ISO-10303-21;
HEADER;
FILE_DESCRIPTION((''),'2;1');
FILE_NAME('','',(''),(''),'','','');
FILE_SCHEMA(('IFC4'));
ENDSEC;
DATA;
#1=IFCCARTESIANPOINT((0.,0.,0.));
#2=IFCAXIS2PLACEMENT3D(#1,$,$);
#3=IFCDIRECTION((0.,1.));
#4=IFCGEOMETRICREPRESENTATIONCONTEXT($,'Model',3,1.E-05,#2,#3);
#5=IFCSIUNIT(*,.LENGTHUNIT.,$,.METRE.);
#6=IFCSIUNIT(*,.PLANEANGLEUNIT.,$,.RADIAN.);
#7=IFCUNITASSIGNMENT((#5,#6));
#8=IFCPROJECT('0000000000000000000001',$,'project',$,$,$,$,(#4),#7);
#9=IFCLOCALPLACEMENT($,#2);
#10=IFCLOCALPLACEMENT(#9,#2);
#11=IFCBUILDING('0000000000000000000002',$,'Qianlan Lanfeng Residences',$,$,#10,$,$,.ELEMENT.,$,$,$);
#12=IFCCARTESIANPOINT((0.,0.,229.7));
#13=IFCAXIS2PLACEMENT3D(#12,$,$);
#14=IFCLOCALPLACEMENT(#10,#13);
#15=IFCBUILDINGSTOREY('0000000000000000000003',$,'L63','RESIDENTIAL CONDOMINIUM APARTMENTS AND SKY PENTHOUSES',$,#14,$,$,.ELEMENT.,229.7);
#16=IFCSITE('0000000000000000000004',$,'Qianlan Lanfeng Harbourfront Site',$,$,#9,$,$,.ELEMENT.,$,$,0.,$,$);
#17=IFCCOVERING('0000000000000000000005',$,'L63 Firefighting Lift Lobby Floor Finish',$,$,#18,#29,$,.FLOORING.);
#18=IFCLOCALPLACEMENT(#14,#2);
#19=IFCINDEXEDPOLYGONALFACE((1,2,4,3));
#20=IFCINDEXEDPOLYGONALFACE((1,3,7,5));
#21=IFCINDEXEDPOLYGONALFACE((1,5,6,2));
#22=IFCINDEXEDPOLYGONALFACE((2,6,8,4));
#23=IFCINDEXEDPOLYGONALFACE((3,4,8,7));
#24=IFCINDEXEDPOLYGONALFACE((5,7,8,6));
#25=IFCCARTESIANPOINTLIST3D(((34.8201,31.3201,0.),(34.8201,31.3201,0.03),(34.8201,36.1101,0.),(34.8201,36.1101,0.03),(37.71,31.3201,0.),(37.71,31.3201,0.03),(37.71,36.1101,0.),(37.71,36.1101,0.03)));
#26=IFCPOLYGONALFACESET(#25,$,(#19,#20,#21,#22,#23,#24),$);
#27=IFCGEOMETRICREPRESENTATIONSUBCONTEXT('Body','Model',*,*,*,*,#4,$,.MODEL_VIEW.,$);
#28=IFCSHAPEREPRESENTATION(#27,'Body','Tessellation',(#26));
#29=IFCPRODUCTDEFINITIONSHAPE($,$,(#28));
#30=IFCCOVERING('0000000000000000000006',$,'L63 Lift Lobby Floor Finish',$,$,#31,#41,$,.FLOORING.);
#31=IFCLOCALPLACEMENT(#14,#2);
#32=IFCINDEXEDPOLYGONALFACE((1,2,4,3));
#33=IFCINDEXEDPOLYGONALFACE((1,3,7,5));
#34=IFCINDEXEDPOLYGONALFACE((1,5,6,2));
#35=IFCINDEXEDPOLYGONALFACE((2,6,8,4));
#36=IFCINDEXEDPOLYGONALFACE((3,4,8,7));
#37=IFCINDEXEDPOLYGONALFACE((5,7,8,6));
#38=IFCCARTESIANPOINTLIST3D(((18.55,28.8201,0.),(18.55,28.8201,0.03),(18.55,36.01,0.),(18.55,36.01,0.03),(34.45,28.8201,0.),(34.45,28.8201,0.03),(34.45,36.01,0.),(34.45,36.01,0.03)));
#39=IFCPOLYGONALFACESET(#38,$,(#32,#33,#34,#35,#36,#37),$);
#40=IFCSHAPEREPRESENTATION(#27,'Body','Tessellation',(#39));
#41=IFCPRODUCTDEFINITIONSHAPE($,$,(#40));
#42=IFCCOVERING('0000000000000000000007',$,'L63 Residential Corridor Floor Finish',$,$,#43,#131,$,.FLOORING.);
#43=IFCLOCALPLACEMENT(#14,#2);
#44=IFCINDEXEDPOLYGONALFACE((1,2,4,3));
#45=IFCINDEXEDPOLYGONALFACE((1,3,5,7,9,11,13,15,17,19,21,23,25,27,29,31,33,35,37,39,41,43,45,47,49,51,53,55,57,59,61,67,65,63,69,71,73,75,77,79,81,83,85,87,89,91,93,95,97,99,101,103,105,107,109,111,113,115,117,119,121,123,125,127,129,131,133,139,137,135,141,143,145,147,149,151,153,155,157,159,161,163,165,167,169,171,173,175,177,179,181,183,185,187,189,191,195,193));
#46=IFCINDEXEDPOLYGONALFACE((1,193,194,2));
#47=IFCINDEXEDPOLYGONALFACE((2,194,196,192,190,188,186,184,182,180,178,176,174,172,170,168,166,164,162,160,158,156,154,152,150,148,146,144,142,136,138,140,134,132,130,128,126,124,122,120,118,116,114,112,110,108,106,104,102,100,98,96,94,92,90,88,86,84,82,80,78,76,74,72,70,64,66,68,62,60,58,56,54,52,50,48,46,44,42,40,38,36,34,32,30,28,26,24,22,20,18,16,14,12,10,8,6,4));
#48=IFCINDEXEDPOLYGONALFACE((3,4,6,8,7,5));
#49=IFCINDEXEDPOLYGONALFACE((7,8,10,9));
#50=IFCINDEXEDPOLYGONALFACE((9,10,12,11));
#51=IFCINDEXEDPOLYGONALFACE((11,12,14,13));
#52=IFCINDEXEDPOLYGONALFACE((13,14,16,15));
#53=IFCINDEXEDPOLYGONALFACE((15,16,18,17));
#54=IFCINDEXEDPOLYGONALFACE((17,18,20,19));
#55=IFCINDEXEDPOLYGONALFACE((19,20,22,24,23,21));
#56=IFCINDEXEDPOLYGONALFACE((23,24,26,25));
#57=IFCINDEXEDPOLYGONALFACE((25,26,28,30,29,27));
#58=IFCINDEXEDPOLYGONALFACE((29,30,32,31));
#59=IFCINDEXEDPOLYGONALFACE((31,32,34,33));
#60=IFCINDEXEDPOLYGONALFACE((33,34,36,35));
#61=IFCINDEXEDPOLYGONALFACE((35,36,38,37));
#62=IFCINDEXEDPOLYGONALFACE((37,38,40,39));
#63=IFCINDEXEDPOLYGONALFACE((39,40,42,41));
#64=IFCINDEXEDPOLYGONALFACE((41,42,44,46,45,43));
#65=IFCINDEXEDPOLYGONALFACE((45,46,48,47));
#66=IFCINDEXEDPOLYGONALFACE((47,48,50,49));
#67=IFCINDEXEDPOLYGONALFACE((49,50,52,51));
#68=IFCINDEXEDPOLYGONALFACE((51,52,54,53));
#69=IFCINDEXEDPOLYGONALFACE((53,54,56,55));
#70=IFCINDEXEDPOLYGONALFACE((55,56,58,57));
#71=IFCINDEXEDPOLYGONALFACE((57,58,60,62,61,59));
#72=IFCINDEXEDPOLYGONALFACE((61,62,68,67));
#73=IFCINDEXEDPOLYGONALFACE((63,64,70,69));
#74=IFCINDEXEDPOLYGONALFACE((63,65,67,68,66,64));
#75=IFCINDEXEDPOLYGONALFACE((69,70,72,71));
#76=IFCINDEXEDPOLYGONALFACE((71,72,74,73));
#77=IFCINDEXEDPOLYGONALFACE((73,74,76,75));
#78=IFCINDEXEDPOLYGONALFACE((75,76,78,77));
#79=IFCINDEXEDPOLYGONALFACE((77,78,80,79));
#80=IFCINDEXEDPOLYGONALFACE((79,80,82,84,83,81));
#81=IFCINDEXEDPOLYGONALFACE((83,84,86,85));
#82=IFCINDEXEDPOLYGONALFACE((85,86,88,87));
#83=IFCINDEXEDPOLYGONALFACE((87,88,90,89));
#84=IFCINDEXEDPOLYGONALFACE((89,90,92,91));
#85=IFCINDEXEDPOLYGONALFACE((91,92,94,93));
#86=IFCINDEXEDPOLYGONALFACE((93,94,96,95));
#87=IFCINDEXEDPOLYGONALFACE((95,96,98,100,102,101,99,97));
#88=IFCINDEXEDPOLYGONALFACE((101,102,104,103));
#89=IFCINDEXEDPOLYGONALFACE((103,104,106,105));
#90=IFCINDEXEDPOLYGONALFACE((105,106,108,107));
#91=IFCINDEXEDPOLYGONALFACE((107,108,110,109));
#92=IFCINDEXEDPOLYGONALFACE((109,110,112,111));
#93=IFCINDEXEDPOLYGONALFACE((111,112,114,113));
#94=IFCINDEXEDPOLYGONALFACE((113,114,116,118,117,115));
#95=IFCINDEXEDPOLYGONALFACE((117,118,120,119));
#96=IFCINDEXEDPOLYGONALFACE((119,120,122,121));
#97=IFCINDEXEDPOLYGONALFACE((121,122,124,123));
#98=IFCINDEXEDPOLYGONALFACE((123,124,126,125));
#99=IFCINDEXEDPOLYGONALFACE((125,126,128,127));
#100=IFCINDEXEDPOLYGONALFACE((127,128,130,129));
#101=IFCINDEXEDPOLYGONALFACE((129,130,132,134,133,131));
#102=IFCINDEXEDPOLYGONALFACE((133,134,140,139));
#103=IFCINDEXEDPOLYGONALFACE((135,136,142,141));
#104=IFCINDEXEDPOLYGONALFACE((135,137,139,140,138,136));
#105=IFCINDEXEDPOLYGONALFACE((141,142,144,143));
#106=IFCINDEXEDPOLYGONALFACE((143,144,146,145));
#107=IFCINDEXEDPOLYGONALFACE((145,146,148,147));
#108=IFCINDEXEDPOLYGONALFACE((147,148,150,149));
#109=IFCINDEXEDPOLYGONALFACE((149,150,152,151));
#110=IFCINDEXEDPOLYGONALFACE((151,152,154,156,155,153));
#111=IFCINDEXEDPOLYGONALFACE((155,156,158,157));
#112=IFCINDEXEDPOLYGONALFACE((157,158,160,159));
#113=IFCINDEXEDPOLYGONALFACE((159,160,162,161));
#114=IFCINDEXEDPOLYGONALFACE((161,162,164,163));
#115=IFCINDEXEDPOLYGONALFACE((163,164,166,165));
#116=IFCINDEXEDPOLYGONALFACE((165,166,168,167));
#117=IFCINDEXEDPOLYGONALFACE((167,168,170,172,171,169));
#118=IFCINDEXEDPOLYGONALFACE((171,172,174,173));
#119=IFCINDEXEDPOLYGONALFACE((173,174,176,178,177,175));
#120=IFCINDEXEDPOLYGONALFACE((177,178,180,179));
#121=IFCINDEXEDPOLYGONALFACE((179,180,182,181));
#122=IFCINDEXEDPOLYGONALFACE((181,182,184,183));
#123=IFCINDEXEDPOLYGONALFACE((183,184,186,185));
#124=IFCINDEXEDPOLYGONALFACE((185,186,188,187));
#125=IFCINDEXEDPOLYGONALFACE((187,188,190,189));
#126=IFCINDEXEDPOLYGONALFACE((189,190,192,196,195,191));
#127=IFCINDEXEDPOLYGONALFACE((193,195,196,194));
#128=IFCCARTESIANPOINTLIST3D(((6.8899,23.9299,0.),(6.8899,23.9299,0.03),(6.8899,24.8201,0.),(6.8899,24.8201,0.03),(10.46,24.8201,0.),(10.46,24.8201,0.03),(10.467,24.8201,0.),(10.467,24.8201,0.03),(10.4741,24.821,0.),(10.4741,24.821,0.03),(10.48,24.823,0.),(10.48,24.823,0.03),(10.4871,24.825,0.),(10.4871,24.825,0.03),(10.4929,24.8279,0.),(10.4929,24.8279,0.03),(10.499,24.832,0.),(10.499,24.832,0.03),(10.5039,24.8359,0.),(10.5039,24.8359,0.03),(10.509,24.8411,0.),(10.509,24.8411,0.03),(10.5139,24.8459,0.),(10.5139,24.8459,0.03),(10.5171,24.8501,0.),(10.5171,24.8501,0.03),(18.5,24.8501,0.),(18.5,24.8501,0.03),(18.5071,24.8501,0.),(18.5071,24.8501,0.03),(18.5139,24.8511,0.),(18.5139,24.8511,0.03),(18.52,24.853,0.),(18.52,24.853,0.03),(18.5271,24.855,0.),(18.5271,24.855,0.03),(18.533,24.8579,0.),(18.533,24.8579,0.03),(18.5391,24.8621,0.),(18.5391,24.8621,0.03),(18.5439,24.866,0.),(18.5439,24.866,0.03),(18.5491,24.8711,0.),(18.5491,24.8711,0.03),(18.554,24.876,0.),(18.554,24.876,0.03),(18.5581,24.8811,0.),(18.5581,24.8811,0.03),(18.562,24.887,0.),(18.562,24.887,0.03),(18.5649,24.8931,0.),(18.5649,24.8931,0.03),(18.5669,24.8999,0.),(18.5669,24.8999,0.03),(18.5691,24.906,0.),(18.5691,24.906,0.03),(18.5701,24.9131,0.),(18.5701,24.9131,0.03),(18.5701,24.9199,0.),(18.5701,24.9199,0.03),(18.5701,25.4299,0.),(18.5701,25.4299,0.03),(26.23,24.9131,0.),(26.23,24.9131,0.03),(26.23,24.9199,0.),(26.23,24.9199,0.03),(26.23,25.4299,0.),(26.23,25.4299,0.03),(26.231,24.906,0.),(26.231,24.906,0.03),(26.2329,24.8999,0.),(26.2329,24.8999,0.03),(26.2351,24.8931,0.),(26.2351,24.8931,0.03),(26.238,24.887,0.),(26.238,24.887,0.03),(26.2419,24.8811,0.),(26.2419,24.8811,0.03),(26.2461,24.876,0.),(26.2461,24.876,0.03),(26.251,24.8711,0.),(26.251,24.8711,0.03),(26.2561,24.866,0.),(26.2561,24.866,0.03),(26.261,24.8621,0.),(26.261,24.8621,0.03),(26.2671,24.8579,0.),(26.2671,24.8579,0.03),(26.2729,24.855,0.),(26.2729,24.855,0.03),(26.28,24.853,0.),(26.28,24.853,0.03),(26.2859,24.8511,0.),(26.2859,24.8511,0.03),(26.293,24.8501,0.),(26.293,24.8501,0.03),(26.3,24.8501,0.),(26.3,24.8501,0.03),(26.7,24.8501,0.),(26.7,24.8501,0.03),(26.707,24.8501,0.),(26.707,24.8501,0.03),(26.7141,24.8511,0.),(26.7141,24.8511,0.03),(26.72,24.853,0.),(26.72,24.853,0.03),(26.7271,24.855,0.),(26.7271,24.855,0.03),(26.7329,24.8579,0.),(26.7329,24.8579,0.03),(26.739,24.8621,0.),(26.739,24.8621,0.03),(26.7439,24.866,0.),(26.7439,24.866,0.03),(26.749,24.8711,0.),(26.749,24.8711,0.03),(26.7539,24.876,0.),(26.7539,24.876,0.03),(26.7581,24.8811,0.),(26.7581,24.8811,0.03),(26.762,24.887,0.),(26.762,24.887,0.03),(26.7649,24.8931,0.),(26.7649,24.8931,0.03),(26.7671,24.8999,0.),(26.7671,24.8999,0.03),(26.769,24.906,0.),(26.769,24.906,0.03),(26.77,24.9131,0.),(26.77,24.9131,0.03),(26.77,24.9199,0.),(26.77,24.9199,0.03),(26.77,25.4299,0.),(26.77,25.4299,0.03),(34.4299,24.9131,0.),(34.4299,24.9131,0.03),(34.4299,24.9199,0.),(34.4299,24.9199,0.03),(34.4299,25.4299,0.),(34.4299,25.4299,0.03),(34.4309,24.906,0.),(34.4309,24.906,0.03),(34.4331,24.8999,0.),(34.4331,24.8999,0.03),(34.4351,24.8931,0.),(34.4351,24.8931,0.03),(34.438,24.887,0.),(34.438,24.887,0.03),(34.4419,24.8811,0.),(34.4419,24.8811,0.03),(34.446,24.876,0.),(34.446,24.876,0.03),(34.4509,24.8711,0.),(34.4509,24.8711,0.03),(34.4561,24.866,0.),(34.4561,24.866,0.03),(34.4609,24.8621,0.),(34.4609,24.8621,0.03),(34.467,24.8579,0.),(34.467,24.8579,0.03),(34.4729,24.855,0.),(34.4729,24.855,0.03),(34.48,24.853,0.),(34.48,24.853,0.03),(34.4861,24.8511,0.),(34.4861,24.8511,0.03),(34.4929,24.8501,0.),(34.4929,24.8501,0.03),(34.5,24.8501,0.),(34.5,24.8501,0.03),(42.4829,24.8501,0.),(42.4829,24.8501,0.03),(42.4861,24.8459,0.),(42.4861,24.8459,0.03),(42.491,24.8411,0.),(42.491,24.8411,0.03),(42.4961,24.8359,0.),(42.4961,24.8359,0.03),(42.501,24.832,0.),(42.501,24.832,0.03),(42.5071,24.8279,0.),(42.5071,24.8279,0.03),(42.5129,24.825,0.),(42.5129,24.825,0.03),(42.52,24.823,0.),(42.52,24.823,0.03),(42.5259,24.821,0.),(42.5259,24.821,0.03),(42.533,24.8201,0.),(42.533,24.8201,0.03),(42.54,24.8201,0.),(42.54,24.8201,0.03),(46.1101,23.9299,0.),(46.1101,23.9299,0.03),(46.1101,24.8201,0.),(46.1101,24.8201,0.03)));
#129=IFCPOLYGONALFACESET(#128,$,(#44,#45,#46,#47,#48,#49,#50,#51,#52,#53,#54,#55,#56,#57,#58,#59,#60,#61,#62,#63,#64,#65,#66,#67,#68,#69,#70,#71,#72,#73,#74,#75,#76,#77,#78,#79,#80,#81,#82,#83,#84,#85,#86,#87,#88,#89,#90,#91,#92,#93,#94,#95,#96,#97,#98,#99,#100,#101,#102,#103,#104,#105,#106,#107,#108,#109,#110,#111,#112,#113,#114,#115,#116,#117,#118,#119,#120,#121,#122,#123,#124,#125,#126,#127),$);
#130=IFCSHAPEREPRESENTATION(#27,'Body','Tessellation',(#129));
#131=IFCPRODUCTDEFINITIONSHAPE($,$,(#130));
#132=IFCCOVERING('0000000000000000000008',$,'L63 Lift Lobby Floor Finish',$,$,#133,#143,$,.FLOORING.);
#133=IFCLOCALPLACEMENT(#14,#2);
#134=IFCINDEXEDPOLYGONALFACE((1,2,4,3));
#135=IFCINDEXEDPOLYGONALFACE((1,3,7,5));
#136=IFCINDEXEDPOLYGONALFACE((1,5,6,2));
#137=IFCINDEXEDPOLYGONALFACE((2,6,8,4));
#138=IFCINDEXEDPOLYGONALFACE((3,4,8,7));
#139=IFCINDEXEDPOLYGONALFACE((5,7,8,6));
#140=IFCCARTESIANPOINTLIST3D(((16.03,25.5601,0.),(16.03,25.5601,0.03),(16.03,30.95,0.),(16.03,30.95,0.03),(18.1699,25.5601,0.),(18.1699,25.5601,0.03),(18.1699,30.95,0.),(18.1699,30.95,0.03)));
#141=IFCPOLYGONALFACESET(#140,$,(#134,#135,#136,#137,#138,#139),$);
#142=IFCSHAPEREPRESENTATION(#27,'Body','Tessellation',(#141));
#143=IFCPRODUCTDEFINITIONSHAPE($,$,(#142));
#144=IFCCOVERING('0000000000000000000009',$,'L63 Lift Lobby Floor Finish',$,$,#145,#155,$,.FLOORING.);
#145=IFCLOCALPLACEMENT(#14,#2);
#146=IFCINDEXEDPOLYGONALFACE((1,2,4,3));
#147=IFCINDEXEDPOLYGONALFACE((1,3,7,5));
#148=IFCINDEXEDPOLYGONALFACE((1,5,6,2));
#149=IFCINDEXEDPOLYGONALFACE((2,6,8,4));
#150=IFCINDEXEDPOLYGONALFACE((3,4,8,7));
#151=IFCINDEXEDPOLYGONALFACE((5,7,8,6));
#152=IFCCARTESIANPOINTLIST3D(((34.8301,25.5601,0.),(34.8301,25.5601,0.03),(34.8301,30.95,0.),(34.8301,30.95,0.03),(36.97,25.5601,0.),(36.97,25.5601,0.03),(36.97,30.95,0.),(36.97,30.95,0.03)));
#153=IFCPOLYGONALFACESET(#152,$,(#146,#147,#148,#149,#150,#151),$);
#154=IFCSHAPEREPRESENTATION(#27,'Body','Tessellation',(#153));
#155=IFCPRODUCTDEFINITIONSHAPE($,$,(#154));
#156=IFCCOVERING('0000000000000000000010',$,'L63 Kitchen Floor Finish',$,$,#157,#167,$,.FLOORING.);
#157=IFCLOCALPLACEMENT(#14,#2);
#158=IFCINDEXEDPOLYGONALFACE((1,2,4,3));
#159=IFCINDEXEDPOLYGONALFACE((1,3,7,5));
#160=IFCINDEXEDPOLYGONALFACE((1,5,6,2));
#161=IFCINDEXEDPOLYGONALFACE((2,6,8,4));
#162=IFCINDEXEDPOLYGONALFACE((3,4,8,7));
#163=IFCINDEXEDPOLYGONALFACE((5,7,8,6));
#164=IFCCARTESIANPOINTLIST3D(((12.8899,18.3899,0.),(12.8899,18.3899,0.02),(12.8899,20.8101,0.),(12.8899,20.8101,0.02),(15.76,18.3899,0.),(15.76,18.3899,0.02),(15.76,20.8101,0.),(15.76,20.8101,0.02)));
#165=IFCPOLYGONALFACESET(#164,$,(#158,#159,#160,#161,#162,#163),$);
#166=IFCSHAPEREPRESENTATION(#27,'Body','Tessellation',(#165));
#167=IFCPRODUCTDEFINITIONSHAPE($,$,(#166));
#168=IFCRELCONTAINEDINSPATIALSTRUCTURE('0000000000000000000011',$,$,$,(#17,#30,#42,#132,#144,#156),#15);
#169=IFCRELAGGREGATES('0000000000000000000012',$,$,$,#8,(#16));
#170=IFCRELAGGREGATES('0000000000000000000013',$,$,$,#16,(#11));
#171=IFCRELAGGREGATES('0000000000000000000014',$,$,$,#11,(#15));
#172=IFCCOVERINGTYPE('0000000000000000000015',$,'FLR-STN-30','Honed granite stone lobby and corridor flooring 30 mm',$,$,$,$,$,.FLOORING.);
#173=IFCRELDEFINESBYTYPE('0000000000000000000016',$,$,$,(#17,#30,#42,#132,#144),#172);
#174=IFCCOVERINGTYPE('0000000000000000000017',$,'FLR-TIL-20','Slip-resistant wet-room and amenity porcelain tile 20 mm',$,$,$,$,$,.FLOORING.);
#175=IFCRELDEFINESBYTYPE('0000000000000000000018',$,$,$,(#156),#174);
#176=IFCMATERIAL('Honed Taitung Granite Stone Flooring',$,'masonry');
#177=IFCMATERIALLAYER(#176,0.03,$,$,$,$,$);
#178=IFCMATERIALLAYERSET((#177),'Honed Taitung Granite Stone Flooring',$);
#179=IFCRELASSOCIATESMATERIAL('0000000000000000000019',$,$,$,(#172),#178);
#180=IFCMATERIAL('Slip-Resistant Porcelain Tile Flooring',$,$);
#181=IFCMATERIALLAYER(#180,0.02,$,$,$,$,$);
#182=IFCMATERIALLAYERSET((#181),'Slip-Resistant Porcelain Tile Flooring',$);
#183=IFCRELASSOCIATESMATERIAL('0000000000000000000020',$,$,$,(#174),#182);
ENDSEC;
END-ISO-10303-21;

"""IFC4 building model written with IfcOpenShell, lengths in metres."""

from ifc_helpers import new_model, si_unit, direction, frame, origin, place, context, subcontext, project, spatial, polyline, outline, extrude, material, layer, layer_set, type_object, element, save


model = new_model("IFC4")

# Units and contexts
model_context = context("Model", 3, precision=1e-05, world=origin(), true_north=direction((0.0, 1.0)))
body_context = subcontext(model_context, "Body", "Model", "MODEL_VIEW")
ifc_project = project(units=[si_unit("LENGTHUNIT", "METRE"), si_unit("PLANEANGLEUNIT", "RADIAN")], contexts=[model_context])

# Site, building, storey
site_placement = place(None, origin())
site = spatial("IfcSite", under=ifc_project, at=site_placement, Name="Qianlan Lanfeng Harbourfront Site", CompositionType="ELEMENT", RefElevation=0.0)
building_placement = place(site_placement, origin())
building = spatial("IfcBuilding", under=site, at=building_placement, Name="Qianlan Lanfeng Residences", CompositionType="ELEMENT")
storey_placement = place(building_placement, frame((0.0, 0.0, 229.7)))
storey = spatial("IfcBuildingStorey", under=building, at=storey_placement, Name="L63", Description="RESIDENTIAL CONDOMINIUM APARTMENTS AND SKY PENTHOUSES", CompositionType="ELEMENT", Elevation=229.7)

# Coverings
ifc_material_1 = material(Name="Honed Taitung Granite Stone Flooring", Category="masonry")
ifc_layer_1 = layer(ifc_material_1, 0.03)
ifc_layer_set_1 = layer_set([ifc_layer_1], Name="Honed Taitung Granite Stone Flooring")
covering_type_1 = type_object("IfcCoveringType", Name="FLR-STN-30", Description="Honed granite stone lobby and corridor flooring 30 mm", PredefinedType="FLOORING", material=ifc_layer_set_1)
covering_1_placement = place(storey_placement, origin())
element("IfcCovering", 1, at=covering_1_placement, inside=storey, type_object=covering_type_1, Name="L63 Firefighting Lift Lobby Floor Finish", PredefinedType="FLOORING", context=body_context, shape_type="SweptSolid", body=[
    extrude(outline(polyline([(34.8201, 31.3201), (37.71, 31.3201), (37.71, 36.1101), (34.8201, 36.1101), (34.8201, 31.3201)])), origin(), (0.0, 0.0, 1.0), 0.03),
])
covering_2_placement = place(storey_placement, origin())
element("IfcCovering", 2, at=covering_2_placement, inside=storey, type_object=covering_type_1, Name="L63 Lift Lobby Floor Finish", PredefinedType="FLOORING", context=body_context, shape_type="SweptSolid", body=[
    extrude(outline(polyline([(18.55, 28.8201), (34.45, 28.8201), (34.45, 36.01), (18.55, 36.01), (18.55, 28.8201)])), origin(), (0.0, 0.0, 1.0), 0.03),
])
covering_3_placement = place(storey_placement, origin())
element("IfcCovering", 3, at=covering_3_placement, inside=storey, type_object=covering_type_1, Name="L63 Residential Corridor Floor Finish", PredefinedType="FLOORING", context=body_context, shape_type="SweptSolid", body=[
    extrude(outline(polyline([(6.8899, 23.9299), (46.1101, 23.9299), (46.1101, 24.8201), (42.54, 24.8201), (42.533, 24.8201), (42.5259, 24.821), (42.52, 24.823), (42.5129, 24.825), (42.5071, 24.8279), (42.501, 24.832), (42.4961, 24.8359), (42.491, 24.8411), (42.4861, 24.8459), (42.4829, 24.8501), (34.5, 24.8501), (34.4929, 24.8501), (34.4861, 24.8511), (34.48, 24.853), (34.4729, 24.855), (34.467, 24.8579), (34.4609, 24.8621), (34.4561, 24.866), (34.4509, 24.8711), (34.446, 24.876), (34.4419, 24.8811), (34.438, 24.887), (34.4351, 24.8931), (34.4331, 24.8999), (34.4309, 24.906), (34.4299, 24.9131), (34.4299, 24.9199), (34.4299, 25.4299), (26.77, 25.4299), (26.77, 24.9199), (26.77, 24.9131), (26.769, 24.906), (26.7671, 24.8999), (26.7649, 24.8931), (26.762, 24.887), (26.7581, 24.8811), (26.7539, 24.876), (26.749, 24.8711), (26.7439, 24.866), (26.739, 24.8621), (26.7329, 24.8579), (26.7271, 24.855), (26.72, 24.853), (26.7141, 24.8511), (26.707, 24.8501), (26.7, 24.8501), (26.3, 24.8501), (26.293, 24.8501), (26.2859, 24.8511), (26.28, 24.853), (26.2729, 24.855), (26.2671, 24.8579), (26.261, 24.8621), (26.2561, 24.866), (26.251, 24.8711), (26.2461, 24.876), (26.2419, 24.8811), (26.238, 24.887), (26.2351, 24.8931), (26.2329, 24.8999), (26.231, 24.906), (26.23, 24.9131), (26.23, 24.9199), (26.23, 25.4299), (18.5701, 25.4299), (18.5701, 24.9199), (18.5701, 24.9131), (18.5691, 24.906), (18.5669, 24.8999), (18.5649, 24.8931), (18.562, 24.887), (18.5581, 24.8811), (18.554, 24.876), (18.5491, 24.8711), (18.5439, 24.866), (18.5391, 24.8621), (18.533, 24.8579), (18.5271, 24.855), (18.52, 24.853), (18.5139, 24.8511), (18.5071, 24.8501), (18.5, 24.8501), (10.5171, 24.8501), (10.5139, 24.8459), (10.509, 24.8411), (10.5039, 24.8359), (10.499, 24.832), (10.4929, 24.8279), (10.4871, 24.825), (10.48, 24.823), (10.4741, 24.821), (10.467, 24.8201), (10.46, 24.8201), (6.8899, 24.8201), (6.8899, 23.9299)])), origin(), (0.0, 0.0, 1.0), 0.03),
])
covering_4_placement = place(storey_placement, origin())
element("IfcCovering", 4, at=covering_4_placement, inside=storey, type_object=covering_type_1, Name="L63 Lift Lobby Floor Finish", PredefinedType="FLOORING", context=body_context, shape_type="SweptSolid", body=[
    extrude(outline(polyline([(16.03, 25.5601), (18.1699, 25.5601), (18.1699, 30.95), (16.03, 30.95), (16.03, 25.5601)])), origin(), (0.0, 0.0, 1.0), 0.03),
])
covering_5_placement = place(storey_placement, origin())
element("IfcCovering", 5, at=covering_5_placement, inside=storey, type_object=covering_type_1, Name="L63 Lift Lobby Floor Finish", PredefinedType="FLOORING", context=body_context, shape_type="SweptSolid", body=[
    extrude(outline(polyline([(34.8301, 25.5601), (36.97, 25.5601), (36.97, 30.95), (34.8301, 30.95), (34.8301, 25.5601)])), origin(), (0.0, 0.0, 1.0), 0.03),
])
ifc_material_2 = material(Name="Slip-Resistant Porcelain Tile Flooring")
ifc_layer_2 = layer(ifc_material_2, 0.02)
ifc_layer_set_2 = layer_set([ifc_layer_2], Name="Slip-Resistant Porcelain Tile Flooring")
covering_type_2 = type_object("IfcCoveringType", Name="FLR-TIL-20", Description="Slip-resistant wet-room and amenity porcelain tile 20 mm", PredefinedType="FLOORING", material=ifc_layer_set_2)
covering_6_placement = place(storey_placement, origin())
element("IfcCovering", 6, at=covering_6_placement, inside=storey, type_object=covering_type_2, Name="L63 Kitchen Floor Finish", PredefinedType="FLOORING", context=body_context, shape_type="SweptSolid", body=[
    extrude(outline(polyline([(12.8899, 18.3899), (15.76, 18.3899), (15.76, 20.8101), (12.8899, 20.8101), (12.8899, 18.3899)])), origin(), (0.0, 0.0, 1.0), 0.02),
])

save(model, "model.ifc")
